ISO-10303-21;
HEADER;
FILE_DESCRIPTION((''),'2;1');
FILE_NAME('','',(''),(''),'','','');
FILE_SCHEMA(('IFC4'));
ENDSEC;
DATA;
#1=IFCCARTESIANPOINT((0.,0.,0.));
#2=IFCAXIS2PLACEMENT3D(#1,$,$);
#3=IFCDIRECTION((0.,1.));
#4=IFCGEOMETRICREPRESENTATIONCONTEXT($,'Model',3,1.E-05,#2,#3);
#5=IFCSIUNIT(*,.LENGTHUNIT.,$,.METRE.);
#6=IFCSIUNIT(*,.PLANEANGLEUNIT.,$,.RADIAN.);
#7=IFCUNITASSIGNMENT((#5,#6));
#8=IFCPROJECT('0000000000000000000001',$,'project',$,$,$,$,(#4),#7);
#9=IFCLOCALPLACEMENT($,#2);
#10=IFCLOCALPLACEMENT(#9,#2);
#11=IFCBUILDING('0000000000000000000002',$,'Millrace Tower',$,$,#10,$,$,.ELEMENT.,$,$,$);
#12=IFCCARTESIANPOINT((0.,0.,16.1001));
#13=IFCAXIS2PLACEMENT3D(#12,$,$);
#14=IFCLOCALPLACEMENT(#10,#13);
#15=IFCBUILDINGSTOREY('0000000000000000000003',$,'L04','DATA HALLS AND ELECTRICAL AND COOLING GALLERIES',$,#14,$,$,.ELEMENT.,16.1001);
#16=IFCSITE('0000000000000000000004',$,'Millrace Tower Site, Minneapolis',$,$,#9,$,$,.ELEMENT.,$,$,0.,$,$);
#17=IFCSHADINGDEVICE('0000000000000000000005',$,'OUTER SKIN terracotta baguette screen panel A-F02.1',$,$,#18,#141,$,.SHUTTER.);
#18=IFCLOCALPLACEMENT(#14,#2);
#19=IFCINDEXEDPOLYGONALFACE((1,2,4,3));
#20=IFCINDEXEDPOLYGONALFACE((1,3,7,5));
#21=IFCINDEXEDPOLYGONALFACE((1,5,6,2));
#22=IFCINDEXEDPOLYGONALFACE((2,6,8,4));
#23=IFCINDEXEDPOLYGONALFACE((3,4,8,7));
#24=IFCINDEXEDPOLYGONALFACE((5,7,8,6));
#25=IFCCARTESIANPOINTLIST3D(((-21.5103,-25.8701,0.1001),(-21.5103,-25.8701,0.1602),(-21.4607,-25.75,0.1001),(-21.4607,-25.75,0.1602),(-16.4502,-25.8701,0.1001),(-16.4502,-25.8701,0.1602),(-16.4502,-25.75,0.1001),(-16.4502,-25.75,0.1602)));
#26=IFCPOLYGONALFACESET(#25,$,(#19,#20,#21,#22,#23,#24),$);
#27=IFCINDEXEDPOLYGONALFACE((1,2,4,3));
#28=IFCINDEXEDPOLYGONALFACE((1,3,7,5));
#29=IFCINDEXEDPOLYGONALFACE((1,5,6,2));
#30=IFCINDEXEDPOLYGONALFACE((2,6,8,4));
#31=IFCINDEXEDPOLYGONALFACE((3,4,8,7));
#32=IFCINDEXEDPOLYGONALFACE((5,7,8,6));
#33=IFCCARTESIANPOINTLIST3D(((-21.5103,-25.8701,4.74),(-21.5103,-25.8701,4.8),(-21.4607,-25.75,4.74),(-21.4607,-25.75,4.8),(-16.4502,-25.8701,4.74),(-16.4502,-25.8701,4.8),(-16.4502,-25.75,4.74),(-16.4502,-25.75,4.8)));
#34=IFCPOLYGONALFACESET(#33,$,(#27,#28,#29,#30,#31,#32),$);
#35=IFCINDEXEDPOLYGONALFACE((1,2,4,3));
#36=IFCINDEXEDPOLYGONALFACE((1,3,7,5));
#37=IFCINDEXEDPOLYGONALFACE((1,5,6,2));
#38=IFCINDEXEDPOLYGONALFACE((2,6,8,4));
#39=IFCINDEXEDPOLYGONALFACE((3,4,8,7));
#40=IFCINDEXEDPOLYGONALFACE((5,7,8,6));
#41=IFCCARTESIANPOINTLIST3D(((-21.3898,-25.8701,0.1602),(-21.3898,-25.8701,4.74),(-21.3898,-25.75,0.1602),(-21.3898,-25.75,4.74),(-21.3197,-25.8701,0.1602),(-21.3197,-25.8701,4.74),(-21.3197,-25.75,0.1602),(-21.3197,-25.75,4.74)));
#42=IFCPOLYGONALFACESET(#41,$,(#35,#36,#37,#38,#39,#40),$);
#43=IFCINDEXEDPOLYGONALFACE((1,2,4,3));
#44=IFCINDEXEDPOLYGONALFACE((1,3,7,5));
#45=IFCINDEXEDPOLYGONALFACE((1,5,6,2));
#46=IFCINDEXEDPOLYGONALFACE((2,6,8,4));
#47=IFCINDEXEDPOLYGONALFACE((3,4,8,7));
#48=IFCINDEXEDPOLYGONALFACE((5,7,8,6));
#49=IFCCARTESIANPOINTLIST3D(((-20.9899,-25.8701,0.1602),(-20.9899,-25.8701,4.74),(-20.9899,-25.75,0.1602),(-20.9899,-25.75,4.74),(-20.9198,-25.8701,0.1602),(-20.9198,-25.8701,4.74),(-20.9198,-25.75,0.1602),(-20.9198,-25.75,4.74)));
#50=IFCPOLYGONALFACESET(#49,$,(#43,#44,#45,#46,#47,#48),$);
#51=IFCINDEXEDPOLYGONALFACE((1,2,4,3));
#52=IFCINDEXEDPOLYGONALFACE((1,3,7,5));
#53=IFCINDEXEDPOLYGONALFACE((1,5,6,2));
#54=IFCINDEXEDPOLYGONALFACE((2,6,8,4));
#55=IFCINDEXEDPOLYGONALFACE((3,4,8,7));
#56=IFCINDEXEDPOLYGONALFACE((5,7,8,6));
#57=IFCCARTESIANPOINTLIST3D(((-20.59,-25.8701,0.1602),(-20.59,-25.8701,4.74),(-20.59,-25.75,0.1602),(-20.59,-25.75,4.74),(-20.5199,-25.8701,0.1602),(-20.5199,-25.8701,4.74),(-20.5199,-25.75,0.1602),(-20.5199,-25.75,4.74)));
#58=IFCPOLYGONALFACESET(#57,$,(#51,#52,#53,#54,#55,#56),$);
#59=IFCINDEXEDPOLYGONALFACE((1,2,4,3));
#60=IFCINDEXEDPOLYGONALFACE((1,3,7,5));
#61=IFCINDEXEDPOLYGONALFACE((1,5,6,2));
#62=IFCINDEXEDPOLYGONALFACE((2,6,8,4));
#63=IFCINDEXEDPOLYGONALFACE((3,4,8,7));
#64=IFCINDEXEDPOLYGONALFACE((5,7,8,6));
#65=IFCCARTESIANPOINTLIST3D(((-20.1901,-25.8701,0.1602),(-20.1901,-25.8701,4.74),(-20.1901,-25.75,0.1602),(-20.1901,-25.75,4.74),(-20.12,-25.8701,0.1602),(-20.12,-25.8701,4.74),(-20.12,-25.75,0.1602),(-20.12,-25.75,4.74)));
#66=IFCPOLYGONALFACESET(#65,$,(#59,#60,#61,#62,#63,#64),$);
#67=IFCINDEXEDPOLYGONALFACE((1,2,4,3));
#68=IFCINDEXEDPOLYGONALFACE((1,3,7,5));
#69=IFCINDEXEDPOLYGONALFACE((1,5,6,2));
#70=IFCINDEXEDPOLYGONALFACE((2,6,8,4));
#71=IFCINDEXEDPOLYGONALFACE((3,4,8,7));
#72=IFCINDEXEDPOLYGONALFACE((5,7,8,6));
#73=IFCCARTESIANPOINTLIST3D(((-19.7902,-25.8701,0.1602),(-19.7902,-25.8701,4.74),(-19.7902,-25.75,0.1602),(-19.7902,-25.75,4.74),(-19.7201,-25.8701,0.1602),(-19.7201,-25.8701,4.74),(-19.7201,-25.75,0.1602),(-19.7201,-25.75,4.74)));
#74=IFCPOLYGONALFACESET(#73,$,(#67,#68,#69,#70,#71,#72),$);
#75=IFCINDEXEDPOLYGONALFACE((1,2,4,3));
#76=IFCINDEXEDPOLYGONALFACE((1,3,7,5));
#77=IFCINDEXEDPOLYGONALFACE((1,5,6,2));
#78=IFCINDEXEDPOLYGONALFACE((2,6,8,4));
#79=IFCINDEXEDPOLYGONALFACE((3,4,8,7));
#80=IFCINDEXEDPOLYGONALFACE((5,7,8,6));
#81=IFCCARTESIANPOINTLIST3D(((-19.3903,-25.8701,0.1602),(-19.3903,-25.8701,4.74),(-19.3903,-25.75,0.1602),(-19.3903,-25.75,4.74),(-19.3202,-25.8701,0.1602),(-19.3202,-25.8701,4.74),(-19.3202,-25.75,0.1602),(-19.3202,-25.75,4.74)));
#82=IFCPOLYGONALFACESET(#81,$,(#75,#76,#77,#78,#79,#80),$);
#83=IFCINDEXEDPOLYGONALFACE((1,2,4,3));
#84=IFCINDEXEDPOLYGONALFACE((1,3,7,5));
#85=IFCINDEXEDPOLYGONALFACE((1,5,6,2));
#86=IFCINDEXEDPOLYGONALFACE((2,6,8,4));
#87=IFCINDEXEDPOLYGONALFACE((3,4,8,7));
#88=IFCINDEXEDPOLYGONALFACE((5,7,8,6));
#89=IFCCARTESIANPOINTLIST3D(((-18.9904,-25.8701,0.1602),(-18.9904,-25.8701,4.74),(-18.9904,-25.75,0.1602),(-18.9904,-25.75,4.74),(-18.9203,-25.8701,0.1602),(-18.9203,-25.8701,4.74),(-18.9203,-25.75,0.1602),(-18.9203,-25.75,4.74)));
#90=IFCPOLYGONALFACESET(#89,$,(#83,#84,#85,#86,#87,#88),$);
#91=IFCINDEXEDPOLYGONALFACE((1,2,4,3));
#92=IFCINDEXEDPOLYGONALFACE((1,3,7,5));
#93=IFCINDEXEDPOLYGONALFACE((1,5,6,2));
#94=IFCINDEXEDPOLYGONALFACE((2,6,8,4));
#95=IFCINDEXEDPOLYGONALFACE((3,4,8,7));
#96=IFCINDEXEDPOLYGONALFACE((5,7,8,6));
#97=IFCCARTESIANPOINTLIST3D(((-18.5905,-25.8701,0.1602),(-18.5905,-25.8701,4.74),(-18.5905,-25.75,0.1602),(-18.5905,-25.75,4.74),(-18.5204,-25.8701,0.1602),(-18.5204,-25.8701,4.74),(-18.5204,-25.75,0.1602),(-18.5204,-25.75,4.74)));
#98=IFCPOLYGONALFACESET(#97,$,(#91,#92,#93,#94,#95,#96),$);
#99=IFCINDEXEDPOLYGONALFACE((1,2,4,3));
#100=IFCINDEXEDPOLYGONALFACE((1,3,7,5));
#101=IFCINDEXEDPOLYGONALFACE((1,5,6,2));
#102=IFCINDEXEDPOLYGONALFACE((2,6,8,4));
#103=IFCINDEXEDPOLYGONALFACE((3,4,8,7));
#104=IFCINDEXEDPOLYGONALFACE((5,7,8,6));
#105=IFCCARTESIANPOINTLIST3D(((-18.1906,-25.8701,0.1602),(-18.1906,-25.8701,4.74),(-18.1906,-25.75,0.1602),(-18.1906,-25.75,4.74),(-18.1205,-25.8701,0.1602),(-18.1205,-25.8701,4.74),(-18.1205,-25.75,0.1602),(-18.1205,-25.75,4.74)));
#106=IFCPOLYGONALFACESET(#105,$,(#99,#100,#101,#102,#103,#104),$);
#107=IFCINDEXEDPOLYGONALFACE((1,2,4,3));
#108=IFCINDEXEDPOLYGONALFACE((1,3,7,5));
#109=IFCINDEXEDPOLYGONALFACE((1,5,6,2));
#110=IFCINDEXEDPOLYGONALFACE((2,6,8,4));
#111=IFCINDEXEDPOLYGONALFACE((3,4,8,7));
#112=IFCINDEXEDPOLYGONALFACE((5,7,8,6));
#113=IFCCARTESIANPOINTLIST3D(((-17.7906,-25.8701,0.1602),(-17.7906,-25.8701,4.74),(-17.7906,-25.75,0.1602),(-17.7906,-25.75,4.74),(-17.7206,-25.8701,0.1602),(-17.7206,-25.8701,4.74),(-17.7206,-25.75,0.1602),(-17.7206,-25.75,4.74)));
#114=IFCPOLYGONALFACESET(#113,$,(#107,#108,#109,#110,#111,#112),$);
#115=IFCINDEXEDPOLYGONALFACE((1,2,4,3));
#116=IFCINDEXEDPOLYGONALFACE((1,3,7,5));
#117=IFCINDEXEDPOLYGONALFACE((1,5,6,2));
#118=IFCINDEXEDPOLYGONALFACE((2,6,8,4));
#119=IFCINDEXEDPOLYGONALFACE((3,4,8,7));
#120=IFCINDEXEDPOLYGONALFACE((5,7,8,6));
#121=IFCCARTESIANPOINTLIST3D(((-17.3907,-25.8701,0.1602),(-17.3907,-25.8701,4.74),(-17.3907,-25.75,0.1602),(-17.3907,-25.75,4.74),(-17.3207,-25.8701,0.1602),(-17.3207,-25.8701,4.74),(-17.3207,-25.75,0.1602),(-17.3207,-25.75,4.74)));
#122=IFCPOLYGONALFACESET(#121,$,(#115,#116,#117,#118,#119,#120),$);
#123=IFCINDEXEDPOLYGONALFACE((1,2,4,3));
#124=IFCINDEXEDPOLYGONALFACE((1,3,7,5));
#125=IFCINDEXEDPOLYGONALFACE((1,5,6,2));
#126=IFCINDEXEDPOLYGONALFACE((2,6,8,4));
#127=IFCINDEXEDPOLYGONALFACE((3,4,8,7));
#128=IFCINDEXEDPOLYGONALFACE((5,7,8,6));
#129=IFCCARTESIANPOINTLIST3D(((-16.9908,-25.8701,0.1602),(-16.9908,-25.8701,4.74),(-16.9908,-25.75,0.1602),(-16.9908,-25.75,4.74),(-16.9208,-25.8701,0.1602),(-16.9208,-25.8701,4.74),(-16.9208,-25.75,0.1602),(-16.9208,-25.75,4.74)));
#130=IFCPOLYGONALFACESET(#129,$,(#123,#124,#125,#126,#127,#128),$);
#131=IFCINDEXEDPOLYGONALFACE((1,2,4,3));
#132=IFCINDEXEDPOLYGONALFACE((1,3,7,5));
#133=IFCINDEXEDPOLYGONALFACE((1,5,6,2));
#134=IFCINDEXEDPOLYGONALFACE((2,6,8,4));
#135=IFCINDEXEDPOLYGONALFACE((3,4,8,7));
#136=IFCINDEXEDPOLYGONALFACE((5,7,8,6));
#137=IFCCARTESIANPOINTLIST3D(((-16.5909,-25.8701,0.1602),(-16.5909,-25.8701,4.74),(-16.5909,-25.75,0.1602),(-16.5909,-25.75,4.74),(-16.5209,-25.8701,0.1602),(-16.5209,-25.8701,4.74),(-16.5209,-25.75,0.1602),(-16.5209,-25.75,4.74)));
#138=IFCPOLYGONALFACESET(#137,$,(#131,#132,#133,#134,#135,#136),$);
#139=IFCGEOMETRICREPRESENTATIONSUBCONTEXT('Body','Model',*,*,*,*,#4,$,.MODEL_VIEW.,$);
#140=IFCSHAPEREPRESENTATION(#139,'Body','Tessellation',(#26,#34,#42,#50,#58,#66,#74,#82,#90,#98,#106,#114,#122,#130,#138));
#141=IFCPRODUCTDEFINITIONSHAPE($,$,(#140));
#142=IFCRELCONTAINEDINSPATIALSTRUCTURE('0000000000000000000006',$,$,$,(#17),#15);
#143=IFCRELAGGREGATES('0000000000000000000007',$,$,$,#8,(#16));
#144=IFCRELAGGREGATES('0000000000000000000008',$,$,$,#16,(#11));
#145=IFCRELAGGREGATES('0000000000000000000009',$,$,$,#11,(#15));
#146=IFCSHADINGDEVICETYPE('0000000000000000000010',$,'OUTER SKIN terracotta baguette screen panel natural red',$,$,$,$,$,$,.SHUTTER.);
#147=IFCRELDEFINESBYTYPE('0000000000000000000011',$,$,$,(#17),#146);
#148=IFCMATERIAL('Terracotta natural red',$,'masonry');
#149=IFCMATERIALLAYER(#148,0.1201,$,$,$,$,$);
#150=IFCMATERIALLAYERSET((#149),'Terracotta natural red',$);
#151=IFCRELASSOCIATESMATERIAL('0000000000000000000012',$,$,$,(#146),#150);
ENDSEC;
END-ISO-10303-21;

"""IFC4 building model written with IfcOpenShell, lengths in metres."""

from ifc_helpers import new_model, entity, si_unit, direction, frame, frame_2d, origin, place, context, subcontext, project, spatial, rectangle, extrude, source, transform, mapped, material, layer, layer_set, type_object, element, save


model = new_model("IFC4")

# Units and contexts
model_context = context("Model", 3, precision=1e-05, world=origin(), true_north=direction((0.0, 1.0)))
body_context = subcontext(model_context, "Body", "Model", "MODEL_VIEW")
ifc_project = project(units=[si_unit("LENGTHUNIT", "METRE"), si_unit("PLANEANGLEUNIT", "RADIAN")], contexts=[model_context])

# Site, building, storey
site_placement = place(None, origin())
site = spatial("IfcSite", under=ifc_project, at=site_placement, Name="Millrace Tower Site, Minneapolis", CompositionType="ELEMENT", RefElevation=0.0)
building_placement = place(site_placement, origin())
building = spatial("IfcBuilding", under=site, at=building_placement, Name="Millrace Tower", CompositionType="ELEMENT")
storey_placement = place(building_placement, frame((0.0, 0.0, 16.1001)))
storey = spatial("IfcBuildingStorey", under=building, at=storey_placement, Name="L04", Description="DATA HALLS AND ELECTRICAL AND COOLING GALLERIES", CompositionType="ELEMENT", Elevation=16.1001)

# Shading device
ifc_material_1 = material(Name="Terracotta natural red", Category="masonry")
ifc_layer_1 = layer(ifc_material_1, 0.1201)
ifc_layer_set_1 = layer_set([ifc_layer_1], Name="Terracotta natural red")
shading_device_type = type_object("IfcShadingDeviceType", Name="OUTER SKIN terracotta baguette screen panel natural red", PredefinedType="SHUTTER", material=ifc_layer_set_1)
cartesian_point_1 = entity("IfcCartesianPoint", [-2.4929, 0.0601])
shared_polyline_1 = entity("IfcPolyline", [cartesian_point_1, entity("IfcCartesianPoint", [2.5176, 0.0601]), entity("IfcCartesianPoint", [2.5176, -0.0601]), entity("IfcCartesianPoint", [-2.5425, -0.0601]), cartesian_point_1])
shared_shape_1 = source(origin(), body_context, "Body", "SweptSolid", [
    entity("IfcExtrudedAreaSolid", entity("IfcArbitraryClosedProfileDef", "AREA", None, shared_polyline_1), entity("IfcAxis2Placement3D", entity("IfcCartesianPoint", [0.0, 0.0, 0.0])), entity("IfcDirection", [0.0, 0.0, 1.0]), 0.0601),
    entity("IfcExtrudedAreaSolid", entity("IfcArbitraryClosedProfileDef", "AREA", None, shared_polyline_1), entity("IfcAxis2Placement3D", entity("IfcCartesianPoint", [0.0, 0.0, 4.6399])), entity("IfcDirection", [0.0, 0.0, 1.0]), 0.0601),
    extrude(rectangle(XDim=0.0701, YDim=0.1201, at=frame_2d((-2.387, 0.0))), frame((0.0, 0.0, 0.0601)), (0.0, 0.0, 1.0), 4.5798),
    extrude(rectangle(XDim=0.0701, YDim=0.1201, at=frame_2d((-1.9871, 0.0))), frame((0.0, 0.0, 0.0601)), (0.0, 0.0, 1.0), 4.5798),
    extrude(rectangle(XDim=0.0701, YDim=0.1201, at=frame_2d((-1.5872, 0.0))), frame((0.0, 0.0, 0.0601)), (0.0, 0.0, 1.0), 4.5798),
    extrude(rectangle(XDim=0.0701, YDim=0.1201, at=frame_2d((-1.1873, 0.0))), frame((0.0, 0.0, 0.0601)), (0.0, 0.0, 1.0), 4.5798),
    extrude(rectangle(XDim=0.0701, YDim=0.1201, at=frame_2d((-0.7874, 0.0))), frame((0.0, 0.0, 0.0601)), (0.0, 0.0, 1.0), 4.5798),
    extrude(rectangle(XDim=0.0701, YDim=0.1201, at=frame_2d((-0.3875, 0.0))), frame((0.0, 0.0, 0.0601)), (0.0, 0.0, 1.0), 4.5798),
    extrude(rectangle(XDim=0.0701, YDim=0.1201, at=frame_2d((0.0125, 0.0))), frame((0.0, 0.0, 0.0601)), (0.0, 0.0, 1.0), 4.5798),
    extrude(rectangle(XDim=0.0701, YDim=0.1201, at=frame_2d((0.4124, 0.0))), frame((0.0, 0.0, 0.0601)), (0.0, 0.0, 1.0), 4.5798),
    extrude(rectangle(XDim=0.0701, YDim=0.1201, at=frame_2d((0.8123, 0.0))), frame((0.0, 0.0, 0.0601)), (0.0, 0.0, 1.0), 4.5798),
    extrude(rectangle(XDim=0.0701, YDim=0.1201, at=frame_2d((1.2122, 0.0))), frame((0.0, 0.0, 0.0601)), (0.0, 0.0, 1.0), 4.5798),
    extrude(rectangle(XDim=0.0701, YDim=0.1201, at=frame_2d((1.6121, 0.0))), frame((0.0, 0.0, 0.0601)), (0.0, 0.0, 1.0), 4.5798),
    extrude(rectangle(XDim=0.0701, YDim=0.1201, at=frame_2d((2.012, 0.0))), frame((0.0, 0.0, 0.0601)), (0.0, 0.0, 1.0), 4.5798),
    extrude(rectangle(XDim=0.0701, YDim=0.1201, at=frame_2d((2.4119, 0.0))), frame((0.0, 0.0, 0.0601)), (0.0, 0.0, 1.0), 4.5798),
])
shading_device_1_placement = place(storey_placement, frame((-18.9678, -25.8101, 0.1001), z_axis=(0.0, 0.0, 1.0), x_axis=(1.0, 0.0, 0.0)))
element("IfcShadingDevice", 1, at=shading_device_1_placement, inside=storey, type_object=shading_device_type, Name="OUTER SKIN terracotta baguette screen panel A-F02.1", PredefinedType="SHUTTER", context=body_context, shape_type="MappedRepresentation", body=[
    mapped(shared_shape_1, transform((0.0, 0.0, 0.0), scale=1.0)),
])

save(model, "model.ifc")
